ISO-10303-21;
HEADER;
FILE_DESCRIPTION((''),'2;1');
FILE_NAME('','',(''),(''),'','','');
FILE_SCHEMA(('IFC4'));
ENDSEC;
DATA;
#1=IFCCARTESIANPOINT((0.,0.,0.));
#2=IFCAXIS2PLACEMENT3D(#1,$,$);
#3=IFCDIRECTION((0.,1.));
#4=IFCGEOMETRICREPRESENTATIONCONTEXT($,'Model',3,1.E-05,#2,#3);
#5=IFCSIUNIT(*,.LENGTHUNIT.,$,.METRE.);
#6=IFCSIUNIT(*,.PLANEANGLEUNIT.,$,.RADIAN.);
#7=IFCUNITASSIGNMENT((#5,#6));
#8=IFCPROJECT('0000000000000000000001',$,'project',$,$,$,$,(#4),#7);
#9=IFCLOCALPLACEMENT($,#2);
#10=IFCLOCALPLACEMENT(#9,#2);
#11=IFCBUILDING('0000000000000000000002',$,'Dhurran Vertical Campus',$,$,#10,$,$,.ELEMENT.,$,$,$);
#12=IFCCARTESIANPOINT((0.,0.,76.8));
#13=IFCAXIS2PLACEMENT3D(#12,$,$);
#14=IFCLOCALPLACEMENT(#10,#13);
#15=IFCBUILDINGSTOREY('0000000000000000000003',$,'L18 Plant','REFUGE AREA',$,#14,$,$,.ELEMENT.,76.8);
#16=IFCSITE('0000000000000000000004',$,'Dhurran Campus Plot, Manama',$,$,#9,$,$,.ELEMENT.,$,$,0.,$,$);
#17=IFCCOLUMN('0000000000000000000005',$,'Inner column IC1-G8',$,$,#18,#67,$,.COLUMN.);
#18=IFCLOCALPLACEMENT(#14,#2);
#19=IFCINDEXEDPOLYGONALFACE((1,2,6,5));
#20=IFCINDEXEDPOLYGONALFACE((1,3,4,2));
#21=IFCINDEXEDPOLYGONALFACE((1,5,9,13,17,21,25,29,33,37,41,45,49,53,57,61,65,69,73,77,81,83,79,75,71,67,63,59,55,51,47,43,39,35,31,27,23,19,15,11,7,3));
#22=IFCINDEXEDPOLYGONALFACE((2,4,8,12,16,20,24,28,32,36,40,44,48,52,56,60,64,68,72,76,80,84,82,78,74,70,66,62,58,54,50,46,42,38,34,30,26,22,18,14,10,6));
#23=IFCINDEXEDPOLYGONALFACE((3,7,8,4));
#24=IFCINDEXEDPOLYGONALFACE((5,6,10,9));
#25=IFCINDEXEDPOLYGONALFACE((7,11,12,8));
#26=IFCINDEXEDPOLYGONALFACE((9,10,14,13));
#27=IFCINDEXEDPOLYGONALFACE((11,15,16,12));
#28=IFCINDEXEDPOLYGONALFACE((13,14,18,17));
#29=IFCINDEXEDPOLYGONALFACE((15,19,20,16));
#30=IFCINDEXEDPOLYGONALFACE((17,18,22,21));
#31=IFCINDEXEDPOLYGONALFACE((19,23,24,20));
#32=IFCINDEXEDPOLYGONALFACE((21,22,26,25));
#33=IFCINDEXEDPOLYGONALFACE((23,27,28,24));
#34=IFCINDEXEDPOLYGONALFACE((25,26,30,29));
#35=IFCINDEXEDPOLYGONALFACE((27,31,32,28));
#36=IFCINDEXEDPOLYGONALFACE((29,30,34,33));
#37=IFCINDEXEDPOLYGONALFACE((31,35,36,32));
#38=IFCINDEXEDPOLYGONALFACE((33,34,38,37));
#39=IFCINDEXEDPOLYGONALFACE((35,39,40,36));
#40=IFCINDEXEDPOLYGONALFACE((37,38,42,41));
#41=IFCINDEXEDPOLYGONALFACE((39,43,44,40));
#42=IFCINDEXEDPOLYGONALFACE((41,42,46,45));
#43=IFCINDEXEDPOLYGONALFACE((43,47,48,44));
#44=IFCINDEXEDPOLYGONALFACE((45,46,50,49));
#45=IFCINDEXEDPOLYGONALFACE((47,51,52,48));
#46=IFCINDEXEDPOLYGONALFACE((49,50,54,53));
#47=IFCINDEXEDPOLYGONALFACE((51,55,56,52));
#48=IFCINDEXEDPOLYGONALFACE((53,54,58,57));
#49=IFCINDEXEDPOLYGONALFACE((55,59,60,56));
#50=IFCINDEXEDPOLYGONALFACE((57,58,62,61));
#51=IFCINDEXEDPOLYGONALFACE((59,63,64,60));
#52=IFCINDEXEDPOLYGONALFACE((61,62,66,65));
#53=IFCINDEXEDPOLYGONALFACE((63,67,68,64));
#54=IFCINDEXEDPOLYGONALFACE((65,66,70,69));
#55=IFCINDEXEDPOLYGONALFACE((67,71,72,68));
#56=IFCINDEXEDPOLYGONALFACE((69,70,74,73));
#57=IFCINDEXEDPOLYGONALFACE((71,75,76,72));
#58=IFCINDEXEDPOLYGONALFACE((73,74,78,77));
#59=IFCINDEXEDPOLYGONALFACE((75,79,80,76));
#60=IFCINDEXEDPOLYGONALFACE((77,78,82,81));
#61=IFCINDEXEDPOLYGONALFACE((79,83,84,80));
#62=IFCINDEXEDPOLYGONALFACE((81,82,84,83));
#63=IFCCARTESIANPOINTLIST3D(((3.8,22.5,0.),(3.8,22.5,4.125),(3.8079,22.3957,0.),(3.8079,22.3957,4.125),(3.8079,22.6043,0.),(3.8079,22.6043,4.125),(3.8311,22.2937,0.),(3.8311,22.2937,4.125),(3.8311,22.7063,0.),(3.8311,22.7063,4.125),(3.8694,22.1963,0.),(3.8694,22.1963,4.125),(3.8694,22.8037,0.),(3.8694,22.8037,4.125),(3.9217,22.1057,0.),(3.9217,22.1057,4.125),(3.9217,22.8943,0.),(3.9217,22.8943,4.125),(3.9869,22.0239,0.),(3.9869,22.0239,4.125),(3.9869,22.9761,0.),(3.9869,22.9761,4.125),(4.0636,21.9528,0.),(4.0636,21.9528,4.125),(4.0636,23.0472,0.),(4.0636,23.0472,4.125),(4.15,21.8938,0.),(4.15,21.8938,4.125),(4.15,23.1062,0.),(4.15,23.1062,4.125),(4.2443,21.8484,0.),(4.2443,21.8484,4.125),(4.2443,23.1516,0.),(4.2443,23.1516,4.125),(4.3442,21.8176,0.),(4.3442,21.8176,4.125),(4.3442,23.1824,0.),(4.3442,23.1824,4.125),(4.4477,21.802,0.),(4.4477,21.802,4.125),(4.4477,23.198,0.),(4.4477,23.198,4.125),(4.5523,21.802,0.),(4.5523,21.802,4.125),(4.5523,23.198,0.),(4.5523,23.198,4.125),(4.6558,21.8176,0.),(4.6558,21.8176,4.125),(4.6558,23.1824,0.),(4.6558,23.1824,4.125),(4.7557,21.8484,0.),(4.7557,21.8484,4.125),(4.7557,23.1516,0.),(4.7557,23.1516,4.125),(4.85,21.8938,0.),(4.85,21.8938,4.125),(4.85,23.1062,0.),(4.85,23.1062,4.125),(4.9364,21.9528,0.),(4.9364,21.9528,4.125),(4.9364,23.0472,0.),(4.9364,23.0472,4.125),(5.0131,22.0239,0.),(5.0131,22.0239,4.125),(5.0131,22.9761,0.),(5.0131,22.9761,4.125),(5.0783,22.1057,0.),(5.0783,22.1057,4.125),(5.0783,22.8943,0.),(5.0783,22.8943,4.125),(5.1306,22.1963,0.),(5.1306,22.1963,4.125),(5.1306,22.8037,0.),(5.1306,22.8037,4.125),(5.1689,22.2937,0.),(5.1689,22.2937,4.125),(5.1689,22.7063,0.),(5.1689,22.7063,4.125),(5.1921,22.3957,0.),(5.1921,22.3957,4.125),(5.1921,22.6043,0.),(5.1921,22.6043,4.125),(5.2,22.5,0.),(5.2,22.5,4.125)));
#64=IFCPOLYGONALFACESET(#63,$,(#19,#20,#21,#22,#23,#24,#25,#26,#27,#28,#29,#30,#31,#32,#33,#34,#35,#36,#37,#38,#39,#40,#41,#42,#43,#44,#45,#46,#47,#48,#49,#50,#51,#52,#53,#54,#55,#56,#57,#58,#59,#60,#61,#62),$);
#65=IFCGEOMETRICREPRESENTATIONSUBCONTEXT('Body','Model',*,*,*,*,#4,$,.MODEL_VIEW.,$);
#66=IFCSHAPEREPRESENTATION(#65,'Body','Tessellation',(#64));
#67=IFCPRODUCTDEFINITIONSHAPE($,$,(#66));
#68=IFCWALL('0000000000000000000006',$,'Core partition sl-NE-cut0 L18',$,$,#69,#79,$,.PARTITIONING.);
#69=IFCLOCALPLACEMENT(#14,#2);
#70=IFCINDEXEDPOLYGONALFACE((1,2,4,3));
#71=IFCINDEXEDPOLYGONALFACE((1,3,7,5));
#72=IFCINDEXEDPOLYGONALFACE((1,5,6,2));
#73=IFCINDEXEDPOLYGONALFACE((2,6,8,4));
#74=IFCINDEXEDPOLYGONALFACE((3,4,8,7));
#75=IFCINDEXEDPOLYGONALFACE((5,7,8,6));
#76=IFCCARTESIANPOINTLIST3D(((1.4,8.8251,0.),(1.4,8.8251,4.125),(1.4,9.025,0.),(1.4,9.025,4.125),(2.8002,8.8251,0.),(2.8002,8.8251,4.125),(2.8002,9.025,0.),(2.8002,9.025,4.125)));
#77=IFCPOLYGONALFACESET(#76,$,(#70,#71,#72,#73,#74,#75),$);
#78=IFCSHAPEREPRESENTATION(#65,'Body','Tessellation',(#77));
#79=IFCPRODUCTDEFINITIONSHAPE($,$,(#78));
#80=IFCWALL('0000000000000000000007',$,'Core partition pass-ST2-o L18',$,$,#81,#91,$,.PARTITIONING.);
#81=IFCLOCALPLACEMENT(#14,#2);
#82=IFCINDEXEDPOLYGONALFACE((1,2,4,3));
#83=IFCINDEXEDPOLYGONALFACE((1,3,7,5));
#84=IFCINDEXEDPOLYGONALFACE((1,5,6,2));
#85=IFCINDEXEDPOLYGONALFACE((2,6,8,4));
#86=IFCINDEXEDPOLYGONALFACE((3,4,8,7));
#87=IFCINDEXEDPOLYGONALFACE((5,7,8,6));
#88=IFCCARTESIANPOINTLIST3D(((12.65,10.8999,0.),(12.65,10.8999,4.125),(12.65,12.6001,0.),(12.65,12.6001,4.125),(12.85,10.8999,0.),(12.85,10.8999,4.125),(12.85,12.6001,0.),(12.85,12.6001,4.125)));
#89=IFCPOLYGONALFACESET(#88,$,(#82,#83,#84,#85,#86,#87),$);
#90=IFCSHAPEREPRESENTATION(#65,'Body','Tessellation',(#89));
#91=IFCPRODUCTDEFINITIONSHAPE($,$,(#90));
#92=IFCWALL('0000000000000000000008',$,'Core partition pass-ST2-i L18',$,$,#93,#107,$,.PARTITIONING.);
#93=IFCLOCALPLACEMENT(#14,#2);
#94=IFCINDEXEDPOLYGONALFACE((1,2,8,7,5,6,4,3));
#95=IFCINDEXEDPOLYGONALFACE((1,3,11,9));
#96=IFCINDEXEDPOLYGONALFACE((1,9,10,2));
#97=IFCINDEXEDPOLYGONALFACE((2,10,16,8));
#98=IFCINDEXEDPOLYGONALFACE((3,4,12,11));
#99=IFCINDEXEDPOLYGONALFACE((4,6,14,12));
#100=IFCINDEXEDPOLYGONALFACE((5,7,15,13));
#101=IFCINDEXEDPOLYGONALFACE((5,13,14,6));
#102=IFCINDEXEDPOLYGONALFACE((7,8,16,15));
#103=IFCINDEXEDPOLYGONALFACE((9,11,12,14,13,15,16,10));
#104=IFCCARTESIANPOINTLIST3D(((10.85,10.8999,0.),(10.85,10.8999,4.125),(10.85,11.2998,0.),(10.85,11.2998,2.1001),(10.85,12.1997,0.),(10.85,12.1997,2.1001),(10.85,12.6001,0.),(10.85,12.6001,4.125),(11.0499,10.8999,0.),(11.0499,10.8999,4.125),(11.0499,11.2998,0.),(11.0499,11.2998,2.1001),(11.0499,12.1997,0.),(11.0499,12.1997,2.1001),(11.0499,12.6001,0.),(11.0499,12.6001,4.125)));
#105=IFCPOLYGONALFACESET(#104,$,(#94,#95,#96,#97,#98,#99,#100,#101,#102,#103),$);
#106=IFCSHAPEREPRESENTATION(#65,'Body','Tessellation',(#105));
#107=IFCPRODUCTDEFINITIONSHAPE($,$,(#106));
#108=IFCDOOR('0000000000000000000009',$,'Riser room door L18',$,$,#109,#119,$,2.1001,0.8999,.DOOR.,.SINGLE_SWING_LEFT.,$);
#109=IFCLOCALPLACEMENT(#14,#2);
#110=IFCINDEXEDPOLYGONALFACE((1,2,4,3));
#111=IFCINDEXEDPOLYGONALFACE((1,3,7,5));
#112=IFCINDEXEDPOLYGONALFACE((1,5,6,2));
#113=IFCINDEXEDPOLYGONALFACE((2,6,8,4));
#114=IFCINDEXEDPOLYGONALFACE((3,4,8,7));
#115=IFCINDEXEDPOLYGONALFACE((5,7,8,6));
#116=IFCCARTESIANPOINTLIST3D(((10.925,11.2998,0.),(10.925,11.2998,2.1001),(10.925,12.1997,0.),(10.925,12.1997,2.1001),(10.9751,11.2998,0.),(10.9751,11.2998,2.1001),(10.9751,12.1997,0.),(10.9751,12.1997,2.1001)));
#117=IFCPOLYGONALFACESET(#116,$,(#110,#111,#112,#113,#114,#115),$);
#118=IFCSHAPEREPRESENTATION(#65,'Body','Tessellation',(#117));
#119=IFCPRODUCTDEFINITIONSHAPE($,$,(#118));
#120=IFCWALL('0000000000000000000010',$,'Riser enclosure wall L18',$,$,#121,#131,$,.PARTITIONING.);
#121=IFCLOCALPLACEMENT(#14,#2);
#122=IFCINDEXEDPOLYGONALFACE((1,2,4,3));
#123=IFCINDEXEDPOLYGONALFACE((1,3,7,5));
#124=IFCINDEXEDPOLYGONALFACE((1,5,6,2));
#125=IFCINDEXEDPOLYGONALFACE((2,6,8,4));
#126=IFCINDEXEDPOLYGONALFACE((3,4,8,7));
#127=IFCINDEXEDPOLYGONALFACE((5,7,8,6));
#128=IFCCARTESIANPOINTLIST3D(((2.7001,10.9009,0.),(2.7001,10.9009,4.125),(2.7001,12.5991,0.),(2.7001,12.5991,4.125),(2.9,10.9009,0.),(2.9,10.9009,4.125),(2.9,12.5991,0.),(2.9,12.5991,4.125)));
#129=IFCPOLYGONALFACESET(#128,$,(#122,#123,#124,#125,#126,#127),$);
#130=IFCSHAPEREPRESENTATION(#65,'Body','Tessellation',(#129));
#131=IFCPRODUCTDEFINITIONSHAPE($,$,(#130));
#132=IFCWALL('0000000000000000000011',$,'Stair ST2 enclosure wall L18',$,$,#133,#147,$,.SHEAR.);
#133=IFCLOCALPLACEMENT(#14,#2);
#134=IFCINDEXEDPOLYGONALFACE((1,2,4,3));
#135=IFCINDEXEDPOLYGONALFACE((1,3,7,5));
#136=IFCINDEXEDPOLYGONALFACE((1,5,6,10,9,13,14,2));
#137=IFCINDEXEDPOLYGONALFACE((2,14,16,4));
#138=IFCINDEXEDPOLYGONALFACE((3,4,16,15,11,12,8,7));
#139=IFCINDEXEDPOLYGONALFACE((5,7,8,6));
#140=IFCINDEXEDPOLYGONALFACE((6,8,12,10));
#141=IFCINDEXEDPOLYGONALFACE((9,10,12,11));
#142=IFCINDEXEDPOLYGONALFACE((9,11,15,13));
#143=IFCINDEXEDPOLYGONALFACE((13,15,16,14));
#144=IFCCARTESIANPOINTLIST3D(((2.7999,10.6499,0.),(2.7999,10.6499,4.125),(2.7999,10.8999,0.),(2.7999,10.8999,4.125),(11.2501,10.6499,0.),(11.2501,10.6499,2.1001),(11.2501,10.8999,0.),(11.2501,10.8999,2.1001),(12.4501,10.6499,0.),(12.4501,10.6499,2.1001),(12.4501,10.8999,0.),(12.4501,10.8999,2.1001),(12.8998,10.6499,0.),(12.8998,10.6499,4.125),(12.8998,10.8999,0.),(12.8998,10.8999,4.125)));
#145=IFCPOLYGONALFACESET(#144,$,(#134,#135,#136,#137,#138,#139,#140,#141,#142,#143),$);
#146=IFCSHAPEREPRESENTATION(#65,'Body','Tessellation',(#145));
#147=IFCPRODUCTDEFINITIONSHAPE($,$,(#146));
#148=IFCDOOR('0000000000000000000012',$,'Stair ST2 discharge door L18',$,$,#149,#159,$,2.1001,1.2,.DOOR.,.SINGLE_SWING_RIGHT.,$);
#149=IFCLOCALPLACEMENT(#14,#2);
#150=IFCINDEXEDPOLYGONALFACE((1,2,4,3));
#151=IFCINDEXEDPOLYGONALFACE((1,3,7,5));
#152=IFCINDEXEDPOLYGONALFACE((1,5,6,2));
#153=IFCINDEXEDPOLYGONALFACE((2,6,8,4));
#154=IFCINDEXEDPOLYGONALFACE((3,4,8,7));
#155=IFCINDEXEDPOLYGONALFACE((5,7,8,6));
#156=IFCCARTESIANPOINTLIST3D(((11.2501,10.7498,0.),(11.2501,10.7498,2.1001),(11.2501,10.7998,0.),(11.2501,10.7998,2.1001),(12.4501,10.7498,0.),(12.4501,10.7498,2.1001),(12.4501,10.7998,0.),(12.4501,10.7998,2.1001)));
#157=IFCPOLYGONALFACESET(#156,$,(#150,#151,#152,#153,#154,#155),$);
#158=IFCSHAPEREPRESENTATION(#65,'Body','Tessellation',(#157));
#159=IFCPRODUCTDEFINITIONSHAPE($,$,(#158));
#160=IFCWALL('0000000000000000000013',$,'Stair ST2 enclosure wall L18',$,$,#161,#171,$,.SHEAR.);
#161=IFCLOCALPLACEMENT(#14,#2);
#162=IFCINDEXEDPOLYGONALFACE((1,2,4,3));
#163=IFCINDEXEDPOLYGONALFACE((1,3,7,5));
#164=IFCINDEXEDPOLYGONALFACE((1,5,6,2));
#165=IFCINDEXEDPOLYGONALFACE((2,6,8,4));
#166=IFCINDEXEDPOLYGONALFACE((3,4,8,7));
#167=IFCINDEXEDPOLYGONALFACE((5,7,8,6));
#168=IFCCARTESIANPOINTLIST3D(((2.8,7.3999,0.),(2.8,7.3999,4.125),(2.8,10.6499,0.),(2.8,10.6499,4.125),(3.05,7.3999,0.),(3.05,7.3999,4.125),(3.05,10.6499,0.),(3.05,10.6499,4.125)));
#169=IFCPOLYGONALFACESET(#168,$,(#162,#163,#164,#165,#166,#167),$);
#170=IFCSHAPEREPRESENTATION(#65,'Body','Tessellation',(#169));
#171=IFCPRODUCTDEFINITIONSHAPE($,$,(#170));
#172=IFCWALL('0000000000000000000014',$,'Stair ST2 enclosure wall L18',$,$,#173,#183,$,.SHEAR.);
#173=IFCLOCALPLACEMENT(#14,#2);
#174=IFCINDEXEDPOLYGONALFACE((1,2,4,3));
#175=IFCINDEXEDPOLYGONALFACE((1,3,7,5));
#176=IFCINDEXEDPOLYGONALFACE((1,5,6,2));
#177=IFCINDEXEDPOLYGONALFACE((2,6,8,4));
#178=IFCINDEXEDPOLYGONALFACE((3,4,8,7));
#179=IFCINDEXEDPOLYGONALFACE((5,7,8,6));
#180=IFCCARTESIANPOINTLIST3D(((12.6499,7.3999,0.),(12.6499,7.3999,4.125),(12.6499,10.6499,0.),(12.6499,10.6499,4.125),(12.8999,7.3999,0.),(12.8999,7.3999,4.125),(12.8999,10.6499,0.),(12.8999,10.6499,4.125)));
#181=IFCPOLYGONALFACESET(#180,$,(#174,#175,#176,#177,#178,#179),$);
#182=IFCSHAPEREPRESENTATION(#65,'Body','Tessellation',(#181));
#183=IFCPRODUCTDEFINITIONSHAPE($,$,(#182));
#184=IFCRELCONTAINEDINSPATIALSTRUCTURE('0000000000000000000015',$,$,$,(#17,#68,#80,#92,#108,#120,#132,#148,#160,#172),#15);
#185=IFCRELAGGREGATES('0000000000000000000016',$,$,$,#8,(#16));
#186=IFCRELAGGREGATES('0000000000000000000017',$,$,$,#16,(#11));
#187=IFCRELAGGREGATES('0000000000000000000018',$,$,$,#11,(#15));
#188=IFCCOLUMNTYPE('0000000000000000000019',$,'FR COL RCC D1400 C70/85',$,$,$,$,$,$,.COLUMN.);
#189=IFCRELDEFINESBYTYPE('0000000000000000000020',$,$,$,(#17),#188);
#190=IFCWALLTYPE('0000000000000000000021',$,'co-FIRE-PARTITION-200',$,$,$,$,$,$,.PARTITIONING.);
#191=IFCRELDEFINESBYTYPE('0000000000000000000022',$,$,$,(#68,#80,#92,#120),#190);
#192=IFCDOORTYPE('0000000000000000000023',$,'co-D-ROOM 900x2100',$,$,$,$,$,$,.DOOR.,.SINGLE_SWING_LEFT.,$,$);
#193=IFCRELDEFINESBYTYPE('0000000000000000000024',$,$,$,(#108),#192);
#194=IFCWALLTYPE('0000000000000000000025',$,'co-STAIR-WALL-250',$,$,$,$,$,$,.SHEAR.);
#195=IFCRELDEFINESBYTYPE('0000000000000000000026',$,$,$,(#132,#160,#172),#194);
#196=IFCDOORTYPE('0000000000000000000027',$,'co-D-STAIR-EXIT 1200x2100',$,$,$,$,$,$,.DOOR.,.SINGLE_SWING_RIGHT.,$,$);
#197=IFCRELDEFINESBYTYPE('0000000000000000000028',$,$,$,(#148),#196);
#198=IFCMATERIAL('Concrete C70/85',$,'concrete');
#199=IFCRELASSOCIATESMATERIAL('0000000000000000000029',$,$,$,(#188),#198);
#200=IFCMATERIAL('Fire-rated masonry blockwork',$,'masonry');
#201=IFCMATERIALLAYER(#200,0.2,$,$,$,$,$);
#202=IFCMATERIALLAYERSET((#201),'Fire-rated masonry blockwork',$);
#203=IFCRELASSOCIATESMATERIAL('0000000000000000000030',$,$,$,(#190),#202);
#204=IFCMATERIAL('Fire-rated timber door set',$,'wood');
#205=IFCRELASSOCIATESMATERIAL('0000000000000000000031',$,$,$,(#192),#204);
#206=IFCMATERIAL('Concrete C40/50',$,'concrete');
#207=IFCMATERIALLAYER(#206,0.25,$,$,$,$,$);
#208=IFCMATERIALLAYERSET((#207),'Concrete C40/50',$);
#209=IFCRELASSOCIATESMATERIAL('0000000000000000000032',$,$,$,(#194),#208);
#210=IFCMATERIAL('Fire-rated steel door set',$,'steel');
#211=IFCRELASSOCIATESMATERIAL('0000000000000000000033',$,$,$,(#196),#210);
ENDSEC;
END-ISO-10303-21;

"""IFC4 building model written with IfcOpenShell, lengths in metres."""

from ifc_helpers import new_model, si_unit, direction, frame, frame_2d, origin, origin_2d, place, context, subcontext, project, spatial, rectangle, circle, extrude, material, layer, layer_set, material_profile, profile_set, type_object, element, fill, save


model = new_model("IFC4")

# Units and contexts
model_context = context("Model", 3, precision=1e-05, world=origin(), true_north=direction((0.0, 1.0)))
body_context = subcontext(model_context, "Body", "Model", "MODEL_VIEW")
ifc_project = project(units=[si_unit("LENGTHUNIT", "METRE"), si_unit("PLANEANGLEUNIT", "RADIAN")], contexts=[model_context])

# Site, building, storey
site_placement = place(None, origin())
site = spatial("IfcSite", under=ifc_project, at=site_placement, Name="Dhurran Campus Plot, Manama", CompositionType="ELEMENT", RefElevation=0.0)
building_placement = place(site_placement, origin())
building = spatial("IfcBuilding", under=site, at=building_placement, Name="Dhurran Vertical Campus", CompositionType="ELEMENT")
storey_placement = place(building_placement, frame((0.0, 0.0, 76.8)))
storey = spatial("IfcBuildingStorey", under=building, at=storey_placement, Name="L18 Plant", Description="REFUGE AREA", CompositionType="ELEMENT", Elevation=76.8)

# Column
ifc_material_1 = material(Name="Concrete C70/85", Category="concrete")
ifc_material_profile = material_profile(ifc_material_1, circle(Radius=0.7, at=origin_2d()), Name="RCC D1400")
ifc_profile_set = profile_set([ifc_material_profile], Name="Concrete C70/85")
column_type = type_object("IfcColumnType", Name="FR COL RCC D1400 C70/85", PredefinedType="COLUMN", material=ifc_profile_set)
column_placement = place(storey_placement, frame((4.5, 22.5, 0.0), z_axis=(0.0, 0.0, 1.0), x_axis=(1.0, 0.0, 0.0)))
element("IfcColumn", 1, at=column_placement, inside=storey, type_object=column_type, Name="Inner column IC1-G8", PredefinedType="COLUMN", context=body_context, shape_type="SweptSolid", body=[
    extrude(circle(Radius=0.7, at=origin_2d()), origin(), (0.0, 0.0, 1.0), 4.125),
])

# Walls
ifc_material_2 = material(Name="Fire-rated masonry blockwork", Category="masonry")
ifc_layer_1 = layer(ifc_material_2, 0.2)
ifc_layer_set_1 = layer_set([ifc_layer_1], Name="Fire-rated masonry blockwork")
wall_type_1 = type_object("IfcWallType", Name="co-FIRE-PARTITION-200", PredefinedType="PARTITIONING", material=ifc_layer_set_1)
wall_1_placement = place(storey_placement, frame((1.3999, 8.925, 0.0), z_axis=(0.0, 0.0, 1.0), x_axis=(1.0, 0.0, 0.0)))
element("IfcWall", 2, at=wall_1_placement, inside=storey, type_object=wall_type_1, Name="Core partition sl-NE-cut0 L18", PredefinedType="PARTITIONING", context=body_context, shape_type="SweptSolid", body=[
    extrude(rectangle(XDim=1.4001, YDim=0.2, at=frame_2d((0.7002, 0.0))), origin(), (0.0, 0.0, 1.0), 4.125),
])
wall_2_placement = place(storey_placement, frame((12.75, 10.8999, 0.0), z_axis=(0.0, 0.0, 1.0), x_axis=(0.0, 1.0, 0.0)))
element("IfcWall", 3, at=wall_2_placement, inside=storey, type_object=wall_type_1, Name="Core partition pass-ST2-o L18", PredefinedType="PARTITIONING", context=body_context, shape_type="SweptSolid", body=[
    extrude(rectangle(XDim=1.7002, YDim=0.2, at=frame_2d((0.8501, 0.0))), origin(), (0.0, 0.0, 1.0), 4.125),
])

# Wall, opening, door
wall_3_placement = place(storey_placement, frame((10.95, 10.8999, 0.0), z_axis=(0.0, 0.0, 1.0), x_axis=(0.0, 1.0, 0.0)))
wall_3 = element("IfcWall", 4, at=wall_3_placement, inside=storey, type_object=wall_type_1, Name="Core partition pass-ST2-i L18", PredefinedType="PARTITIONING", context=body_context, shape_type="SweptSolid", body=[
    extrude(rectangle(XDim=1.7002, YDim=0.2, at=frame_2d((0.8501, 0.0))), origin(), (0.0, 0.0, 1.0), 4.125),
])
opening_1_placement = place(wall_3_placement, frame((0.3999, 0.0, 0.0)))
opening_1 = element("IfcOpeningElement", 5, at=opening_1_placement, cuts=wall_3, PredefinedType="OPENING", context=body_context, shape_type="SweptSolid", body=[
    extrude(rectangle(XDim=0.8999, YDim=2.1001, at=frame_2d((0.45, 1.05))), frame((0.0, 0.1099, 0.0), z_axis=(0.0, -1.0, 0.0), x_axis=(1.0, 0.0, 0.0)), (0.0, 0.0, 1.0), 0.22),
])
ifc_material_3 = material(Name="Fire-rated timber door set", Category="wood")
door_type_1 = type_object("IfcDoorType", Name="co-D-ROOM 900x2100", OperationType="SINGLE_SWING_LEFT", PredefinedType="DOOR", material=ifc_material_3)
door_1_placement = place(opening_1_placement, origin())
door_1 = element("IfcDoor", 6, at=door_1_placement, inside=storey, type_object=door_type_1, Name="Riser room door L18", OperationType="SINGLE_SWING_LEFT", OverallHeight=2.1001, OverallWidth=0.8999, PredefinedType="DOOR", context=body_context, shape_type="SweptSolid", body=[
    extrude(rectangle(XDim=0.8999, YDim=2.1001, at=frame_2d((0.45, 1.05))), frame((0.0, 0.0249, 0.0), z_axis=(0.0, -1.0, 0.0), x_axis=(1.0, 0.0, 0.0)), (0.0, 0.0, 1.0), 0.05),
])
fill(opening_1, door_1)

# Wall
wall_4_placement = place(storey_placement, frame((2.8, 12.5991, 0.0), z_axis=(0.0, 0.0, 1.0), x_axis=(0.0, -1.0, 0.0)))
element("IfcWall", 7, at=wall_4_placement, inside=storey, type_object=wall_type_1, Name="Riser enclosure wall L18", PredefinedType="PARTITIONING", context=body_context, shape_type="SweptSolid", body=[
    extrude(rectangle(XDim=1.6982, YDim=0.2, at=frame_2d((0.8491, 0.0))), origin(), (0.0, 0.0, 1.0), 4.125),
])

# Wall, opening, door
ifc_material_4 = material(Name="Concrete C40/50", Category="concrete")
ifc_layer_2 = layer(ifc_material_4, 0.25)
ifc_layer_set_2 = layer_set([ifc_layer_2], Name="Concrete C40/50")
wall_type_2 = type_object("IfcWallType", Name="co-STAIR-WALL-250", PredefinedType="SHEAR", material=ifc_layer_set_2)
wall_5_placement = place(storey_placement, frame((2.8, 10.7749, 0.0), z_axis=(0.0, 0.0, 1.0), x_axis=(1.0, 0.0, 0.0)))
wall_5 = element("IfcWall", 8, at=wall_5_placement, inside=storey, type_object=wall_type_2, Name="Stair ST2 enclosure wall L18", PredefinedType="SHEAR", context=body_context, shape_type="SweptSolid", body=[
    extrude(rectangle(XDim=10.0999, YDim=0.25, at=frame_2d((5.0498, 0.0))), origin(), (0.0, 0.0, 1.0), 4.125),
])
opening_2_placement = place(wall_5_placement, frame((8.45, 0.0, 0.0)))
opening_2 = element("IfcOpeningElement", 9, at=opening_2_placement, cuts=wall_5, PredefinedType="OPENING", context=body_context, shape_type="SweptSolid", body=[
    extrude(rectangle(XDim=1.2, YDim=2.1001, at=frame_2d((0.6001, 1.05))), frame((0.0, 0.135, 0.0), z_axis=(0.0, -1.0, 0.0), x_axis=(1.0, 0.0, 0.0)), (0.0, 0.0, 1.0), 0.27),
])
ifc_material_5 = material(Name="Fire-rated steel door set", Category="steel")
door_type_2 = type_object("IfcDoorType", Name="co-D-STAIR-EXIT 1200x2100", OperationType="SINGLE_SWING_RIGHT", PredefinedType="DOOR", material=ifc_material_5)
door_2_placement = place(opening_2_placement, origin())
door_2 = element("IfcDoor", 10, at=door_2_placement, inside=storey, type_object=door_type_2, Name="Stair ST2 discharge door L18", OperationType="SINGLE_SWING_RIGHT", OverallHeight=2.1001, OverallWidth=1.2, PredefinedType="DOOR", context=body_context, shape_type="SweptSolid", body=[
    extrude(rectangle(XDim=1.2, YDim=2.1001, at=frame_2d((0.6001, 1.05))), frame((0.0, 0.0249, 0.0), z_axis=(0.0, -1.0, 0.0), x_axis=(1.0, 0.0, 0.0)), (0.0, 0.0, 1.0), 0.05),
])
fill(opening_2, door_2)

# Walls
for number, where, z_axis, x_axis, name in (
    (11, (2.925, 7.3999, 0.0), (0.0, 0.0, 1.0), (0.0, 1.0, 0.0), "Stair ST2 enclosure wall L18"),
    (12, (12.7749, 7.3999, 0.0), (0.0, 0.0, 1.0), (0.0, 1.0, 0.0), "Stair ST2 enclosure wall L18"),
):
    element("IfcWall", number, at=place(storey_placement, frame(where, z_axis=z_axis, x_axis=x_axis)), inside=storey, type_object=wall_type_2, Name=name, PredefinedType="SHEAR", context=body_context, shape_type="SweptSolid", body=[
        extrude(rectangle(XDim=3.25, YDim=0.25, at=frame_2d((1.625, 0.0))), origin(), (0.0, 0.0, 1.0), 4.125),
    ])

save(model, "model.ifc")
